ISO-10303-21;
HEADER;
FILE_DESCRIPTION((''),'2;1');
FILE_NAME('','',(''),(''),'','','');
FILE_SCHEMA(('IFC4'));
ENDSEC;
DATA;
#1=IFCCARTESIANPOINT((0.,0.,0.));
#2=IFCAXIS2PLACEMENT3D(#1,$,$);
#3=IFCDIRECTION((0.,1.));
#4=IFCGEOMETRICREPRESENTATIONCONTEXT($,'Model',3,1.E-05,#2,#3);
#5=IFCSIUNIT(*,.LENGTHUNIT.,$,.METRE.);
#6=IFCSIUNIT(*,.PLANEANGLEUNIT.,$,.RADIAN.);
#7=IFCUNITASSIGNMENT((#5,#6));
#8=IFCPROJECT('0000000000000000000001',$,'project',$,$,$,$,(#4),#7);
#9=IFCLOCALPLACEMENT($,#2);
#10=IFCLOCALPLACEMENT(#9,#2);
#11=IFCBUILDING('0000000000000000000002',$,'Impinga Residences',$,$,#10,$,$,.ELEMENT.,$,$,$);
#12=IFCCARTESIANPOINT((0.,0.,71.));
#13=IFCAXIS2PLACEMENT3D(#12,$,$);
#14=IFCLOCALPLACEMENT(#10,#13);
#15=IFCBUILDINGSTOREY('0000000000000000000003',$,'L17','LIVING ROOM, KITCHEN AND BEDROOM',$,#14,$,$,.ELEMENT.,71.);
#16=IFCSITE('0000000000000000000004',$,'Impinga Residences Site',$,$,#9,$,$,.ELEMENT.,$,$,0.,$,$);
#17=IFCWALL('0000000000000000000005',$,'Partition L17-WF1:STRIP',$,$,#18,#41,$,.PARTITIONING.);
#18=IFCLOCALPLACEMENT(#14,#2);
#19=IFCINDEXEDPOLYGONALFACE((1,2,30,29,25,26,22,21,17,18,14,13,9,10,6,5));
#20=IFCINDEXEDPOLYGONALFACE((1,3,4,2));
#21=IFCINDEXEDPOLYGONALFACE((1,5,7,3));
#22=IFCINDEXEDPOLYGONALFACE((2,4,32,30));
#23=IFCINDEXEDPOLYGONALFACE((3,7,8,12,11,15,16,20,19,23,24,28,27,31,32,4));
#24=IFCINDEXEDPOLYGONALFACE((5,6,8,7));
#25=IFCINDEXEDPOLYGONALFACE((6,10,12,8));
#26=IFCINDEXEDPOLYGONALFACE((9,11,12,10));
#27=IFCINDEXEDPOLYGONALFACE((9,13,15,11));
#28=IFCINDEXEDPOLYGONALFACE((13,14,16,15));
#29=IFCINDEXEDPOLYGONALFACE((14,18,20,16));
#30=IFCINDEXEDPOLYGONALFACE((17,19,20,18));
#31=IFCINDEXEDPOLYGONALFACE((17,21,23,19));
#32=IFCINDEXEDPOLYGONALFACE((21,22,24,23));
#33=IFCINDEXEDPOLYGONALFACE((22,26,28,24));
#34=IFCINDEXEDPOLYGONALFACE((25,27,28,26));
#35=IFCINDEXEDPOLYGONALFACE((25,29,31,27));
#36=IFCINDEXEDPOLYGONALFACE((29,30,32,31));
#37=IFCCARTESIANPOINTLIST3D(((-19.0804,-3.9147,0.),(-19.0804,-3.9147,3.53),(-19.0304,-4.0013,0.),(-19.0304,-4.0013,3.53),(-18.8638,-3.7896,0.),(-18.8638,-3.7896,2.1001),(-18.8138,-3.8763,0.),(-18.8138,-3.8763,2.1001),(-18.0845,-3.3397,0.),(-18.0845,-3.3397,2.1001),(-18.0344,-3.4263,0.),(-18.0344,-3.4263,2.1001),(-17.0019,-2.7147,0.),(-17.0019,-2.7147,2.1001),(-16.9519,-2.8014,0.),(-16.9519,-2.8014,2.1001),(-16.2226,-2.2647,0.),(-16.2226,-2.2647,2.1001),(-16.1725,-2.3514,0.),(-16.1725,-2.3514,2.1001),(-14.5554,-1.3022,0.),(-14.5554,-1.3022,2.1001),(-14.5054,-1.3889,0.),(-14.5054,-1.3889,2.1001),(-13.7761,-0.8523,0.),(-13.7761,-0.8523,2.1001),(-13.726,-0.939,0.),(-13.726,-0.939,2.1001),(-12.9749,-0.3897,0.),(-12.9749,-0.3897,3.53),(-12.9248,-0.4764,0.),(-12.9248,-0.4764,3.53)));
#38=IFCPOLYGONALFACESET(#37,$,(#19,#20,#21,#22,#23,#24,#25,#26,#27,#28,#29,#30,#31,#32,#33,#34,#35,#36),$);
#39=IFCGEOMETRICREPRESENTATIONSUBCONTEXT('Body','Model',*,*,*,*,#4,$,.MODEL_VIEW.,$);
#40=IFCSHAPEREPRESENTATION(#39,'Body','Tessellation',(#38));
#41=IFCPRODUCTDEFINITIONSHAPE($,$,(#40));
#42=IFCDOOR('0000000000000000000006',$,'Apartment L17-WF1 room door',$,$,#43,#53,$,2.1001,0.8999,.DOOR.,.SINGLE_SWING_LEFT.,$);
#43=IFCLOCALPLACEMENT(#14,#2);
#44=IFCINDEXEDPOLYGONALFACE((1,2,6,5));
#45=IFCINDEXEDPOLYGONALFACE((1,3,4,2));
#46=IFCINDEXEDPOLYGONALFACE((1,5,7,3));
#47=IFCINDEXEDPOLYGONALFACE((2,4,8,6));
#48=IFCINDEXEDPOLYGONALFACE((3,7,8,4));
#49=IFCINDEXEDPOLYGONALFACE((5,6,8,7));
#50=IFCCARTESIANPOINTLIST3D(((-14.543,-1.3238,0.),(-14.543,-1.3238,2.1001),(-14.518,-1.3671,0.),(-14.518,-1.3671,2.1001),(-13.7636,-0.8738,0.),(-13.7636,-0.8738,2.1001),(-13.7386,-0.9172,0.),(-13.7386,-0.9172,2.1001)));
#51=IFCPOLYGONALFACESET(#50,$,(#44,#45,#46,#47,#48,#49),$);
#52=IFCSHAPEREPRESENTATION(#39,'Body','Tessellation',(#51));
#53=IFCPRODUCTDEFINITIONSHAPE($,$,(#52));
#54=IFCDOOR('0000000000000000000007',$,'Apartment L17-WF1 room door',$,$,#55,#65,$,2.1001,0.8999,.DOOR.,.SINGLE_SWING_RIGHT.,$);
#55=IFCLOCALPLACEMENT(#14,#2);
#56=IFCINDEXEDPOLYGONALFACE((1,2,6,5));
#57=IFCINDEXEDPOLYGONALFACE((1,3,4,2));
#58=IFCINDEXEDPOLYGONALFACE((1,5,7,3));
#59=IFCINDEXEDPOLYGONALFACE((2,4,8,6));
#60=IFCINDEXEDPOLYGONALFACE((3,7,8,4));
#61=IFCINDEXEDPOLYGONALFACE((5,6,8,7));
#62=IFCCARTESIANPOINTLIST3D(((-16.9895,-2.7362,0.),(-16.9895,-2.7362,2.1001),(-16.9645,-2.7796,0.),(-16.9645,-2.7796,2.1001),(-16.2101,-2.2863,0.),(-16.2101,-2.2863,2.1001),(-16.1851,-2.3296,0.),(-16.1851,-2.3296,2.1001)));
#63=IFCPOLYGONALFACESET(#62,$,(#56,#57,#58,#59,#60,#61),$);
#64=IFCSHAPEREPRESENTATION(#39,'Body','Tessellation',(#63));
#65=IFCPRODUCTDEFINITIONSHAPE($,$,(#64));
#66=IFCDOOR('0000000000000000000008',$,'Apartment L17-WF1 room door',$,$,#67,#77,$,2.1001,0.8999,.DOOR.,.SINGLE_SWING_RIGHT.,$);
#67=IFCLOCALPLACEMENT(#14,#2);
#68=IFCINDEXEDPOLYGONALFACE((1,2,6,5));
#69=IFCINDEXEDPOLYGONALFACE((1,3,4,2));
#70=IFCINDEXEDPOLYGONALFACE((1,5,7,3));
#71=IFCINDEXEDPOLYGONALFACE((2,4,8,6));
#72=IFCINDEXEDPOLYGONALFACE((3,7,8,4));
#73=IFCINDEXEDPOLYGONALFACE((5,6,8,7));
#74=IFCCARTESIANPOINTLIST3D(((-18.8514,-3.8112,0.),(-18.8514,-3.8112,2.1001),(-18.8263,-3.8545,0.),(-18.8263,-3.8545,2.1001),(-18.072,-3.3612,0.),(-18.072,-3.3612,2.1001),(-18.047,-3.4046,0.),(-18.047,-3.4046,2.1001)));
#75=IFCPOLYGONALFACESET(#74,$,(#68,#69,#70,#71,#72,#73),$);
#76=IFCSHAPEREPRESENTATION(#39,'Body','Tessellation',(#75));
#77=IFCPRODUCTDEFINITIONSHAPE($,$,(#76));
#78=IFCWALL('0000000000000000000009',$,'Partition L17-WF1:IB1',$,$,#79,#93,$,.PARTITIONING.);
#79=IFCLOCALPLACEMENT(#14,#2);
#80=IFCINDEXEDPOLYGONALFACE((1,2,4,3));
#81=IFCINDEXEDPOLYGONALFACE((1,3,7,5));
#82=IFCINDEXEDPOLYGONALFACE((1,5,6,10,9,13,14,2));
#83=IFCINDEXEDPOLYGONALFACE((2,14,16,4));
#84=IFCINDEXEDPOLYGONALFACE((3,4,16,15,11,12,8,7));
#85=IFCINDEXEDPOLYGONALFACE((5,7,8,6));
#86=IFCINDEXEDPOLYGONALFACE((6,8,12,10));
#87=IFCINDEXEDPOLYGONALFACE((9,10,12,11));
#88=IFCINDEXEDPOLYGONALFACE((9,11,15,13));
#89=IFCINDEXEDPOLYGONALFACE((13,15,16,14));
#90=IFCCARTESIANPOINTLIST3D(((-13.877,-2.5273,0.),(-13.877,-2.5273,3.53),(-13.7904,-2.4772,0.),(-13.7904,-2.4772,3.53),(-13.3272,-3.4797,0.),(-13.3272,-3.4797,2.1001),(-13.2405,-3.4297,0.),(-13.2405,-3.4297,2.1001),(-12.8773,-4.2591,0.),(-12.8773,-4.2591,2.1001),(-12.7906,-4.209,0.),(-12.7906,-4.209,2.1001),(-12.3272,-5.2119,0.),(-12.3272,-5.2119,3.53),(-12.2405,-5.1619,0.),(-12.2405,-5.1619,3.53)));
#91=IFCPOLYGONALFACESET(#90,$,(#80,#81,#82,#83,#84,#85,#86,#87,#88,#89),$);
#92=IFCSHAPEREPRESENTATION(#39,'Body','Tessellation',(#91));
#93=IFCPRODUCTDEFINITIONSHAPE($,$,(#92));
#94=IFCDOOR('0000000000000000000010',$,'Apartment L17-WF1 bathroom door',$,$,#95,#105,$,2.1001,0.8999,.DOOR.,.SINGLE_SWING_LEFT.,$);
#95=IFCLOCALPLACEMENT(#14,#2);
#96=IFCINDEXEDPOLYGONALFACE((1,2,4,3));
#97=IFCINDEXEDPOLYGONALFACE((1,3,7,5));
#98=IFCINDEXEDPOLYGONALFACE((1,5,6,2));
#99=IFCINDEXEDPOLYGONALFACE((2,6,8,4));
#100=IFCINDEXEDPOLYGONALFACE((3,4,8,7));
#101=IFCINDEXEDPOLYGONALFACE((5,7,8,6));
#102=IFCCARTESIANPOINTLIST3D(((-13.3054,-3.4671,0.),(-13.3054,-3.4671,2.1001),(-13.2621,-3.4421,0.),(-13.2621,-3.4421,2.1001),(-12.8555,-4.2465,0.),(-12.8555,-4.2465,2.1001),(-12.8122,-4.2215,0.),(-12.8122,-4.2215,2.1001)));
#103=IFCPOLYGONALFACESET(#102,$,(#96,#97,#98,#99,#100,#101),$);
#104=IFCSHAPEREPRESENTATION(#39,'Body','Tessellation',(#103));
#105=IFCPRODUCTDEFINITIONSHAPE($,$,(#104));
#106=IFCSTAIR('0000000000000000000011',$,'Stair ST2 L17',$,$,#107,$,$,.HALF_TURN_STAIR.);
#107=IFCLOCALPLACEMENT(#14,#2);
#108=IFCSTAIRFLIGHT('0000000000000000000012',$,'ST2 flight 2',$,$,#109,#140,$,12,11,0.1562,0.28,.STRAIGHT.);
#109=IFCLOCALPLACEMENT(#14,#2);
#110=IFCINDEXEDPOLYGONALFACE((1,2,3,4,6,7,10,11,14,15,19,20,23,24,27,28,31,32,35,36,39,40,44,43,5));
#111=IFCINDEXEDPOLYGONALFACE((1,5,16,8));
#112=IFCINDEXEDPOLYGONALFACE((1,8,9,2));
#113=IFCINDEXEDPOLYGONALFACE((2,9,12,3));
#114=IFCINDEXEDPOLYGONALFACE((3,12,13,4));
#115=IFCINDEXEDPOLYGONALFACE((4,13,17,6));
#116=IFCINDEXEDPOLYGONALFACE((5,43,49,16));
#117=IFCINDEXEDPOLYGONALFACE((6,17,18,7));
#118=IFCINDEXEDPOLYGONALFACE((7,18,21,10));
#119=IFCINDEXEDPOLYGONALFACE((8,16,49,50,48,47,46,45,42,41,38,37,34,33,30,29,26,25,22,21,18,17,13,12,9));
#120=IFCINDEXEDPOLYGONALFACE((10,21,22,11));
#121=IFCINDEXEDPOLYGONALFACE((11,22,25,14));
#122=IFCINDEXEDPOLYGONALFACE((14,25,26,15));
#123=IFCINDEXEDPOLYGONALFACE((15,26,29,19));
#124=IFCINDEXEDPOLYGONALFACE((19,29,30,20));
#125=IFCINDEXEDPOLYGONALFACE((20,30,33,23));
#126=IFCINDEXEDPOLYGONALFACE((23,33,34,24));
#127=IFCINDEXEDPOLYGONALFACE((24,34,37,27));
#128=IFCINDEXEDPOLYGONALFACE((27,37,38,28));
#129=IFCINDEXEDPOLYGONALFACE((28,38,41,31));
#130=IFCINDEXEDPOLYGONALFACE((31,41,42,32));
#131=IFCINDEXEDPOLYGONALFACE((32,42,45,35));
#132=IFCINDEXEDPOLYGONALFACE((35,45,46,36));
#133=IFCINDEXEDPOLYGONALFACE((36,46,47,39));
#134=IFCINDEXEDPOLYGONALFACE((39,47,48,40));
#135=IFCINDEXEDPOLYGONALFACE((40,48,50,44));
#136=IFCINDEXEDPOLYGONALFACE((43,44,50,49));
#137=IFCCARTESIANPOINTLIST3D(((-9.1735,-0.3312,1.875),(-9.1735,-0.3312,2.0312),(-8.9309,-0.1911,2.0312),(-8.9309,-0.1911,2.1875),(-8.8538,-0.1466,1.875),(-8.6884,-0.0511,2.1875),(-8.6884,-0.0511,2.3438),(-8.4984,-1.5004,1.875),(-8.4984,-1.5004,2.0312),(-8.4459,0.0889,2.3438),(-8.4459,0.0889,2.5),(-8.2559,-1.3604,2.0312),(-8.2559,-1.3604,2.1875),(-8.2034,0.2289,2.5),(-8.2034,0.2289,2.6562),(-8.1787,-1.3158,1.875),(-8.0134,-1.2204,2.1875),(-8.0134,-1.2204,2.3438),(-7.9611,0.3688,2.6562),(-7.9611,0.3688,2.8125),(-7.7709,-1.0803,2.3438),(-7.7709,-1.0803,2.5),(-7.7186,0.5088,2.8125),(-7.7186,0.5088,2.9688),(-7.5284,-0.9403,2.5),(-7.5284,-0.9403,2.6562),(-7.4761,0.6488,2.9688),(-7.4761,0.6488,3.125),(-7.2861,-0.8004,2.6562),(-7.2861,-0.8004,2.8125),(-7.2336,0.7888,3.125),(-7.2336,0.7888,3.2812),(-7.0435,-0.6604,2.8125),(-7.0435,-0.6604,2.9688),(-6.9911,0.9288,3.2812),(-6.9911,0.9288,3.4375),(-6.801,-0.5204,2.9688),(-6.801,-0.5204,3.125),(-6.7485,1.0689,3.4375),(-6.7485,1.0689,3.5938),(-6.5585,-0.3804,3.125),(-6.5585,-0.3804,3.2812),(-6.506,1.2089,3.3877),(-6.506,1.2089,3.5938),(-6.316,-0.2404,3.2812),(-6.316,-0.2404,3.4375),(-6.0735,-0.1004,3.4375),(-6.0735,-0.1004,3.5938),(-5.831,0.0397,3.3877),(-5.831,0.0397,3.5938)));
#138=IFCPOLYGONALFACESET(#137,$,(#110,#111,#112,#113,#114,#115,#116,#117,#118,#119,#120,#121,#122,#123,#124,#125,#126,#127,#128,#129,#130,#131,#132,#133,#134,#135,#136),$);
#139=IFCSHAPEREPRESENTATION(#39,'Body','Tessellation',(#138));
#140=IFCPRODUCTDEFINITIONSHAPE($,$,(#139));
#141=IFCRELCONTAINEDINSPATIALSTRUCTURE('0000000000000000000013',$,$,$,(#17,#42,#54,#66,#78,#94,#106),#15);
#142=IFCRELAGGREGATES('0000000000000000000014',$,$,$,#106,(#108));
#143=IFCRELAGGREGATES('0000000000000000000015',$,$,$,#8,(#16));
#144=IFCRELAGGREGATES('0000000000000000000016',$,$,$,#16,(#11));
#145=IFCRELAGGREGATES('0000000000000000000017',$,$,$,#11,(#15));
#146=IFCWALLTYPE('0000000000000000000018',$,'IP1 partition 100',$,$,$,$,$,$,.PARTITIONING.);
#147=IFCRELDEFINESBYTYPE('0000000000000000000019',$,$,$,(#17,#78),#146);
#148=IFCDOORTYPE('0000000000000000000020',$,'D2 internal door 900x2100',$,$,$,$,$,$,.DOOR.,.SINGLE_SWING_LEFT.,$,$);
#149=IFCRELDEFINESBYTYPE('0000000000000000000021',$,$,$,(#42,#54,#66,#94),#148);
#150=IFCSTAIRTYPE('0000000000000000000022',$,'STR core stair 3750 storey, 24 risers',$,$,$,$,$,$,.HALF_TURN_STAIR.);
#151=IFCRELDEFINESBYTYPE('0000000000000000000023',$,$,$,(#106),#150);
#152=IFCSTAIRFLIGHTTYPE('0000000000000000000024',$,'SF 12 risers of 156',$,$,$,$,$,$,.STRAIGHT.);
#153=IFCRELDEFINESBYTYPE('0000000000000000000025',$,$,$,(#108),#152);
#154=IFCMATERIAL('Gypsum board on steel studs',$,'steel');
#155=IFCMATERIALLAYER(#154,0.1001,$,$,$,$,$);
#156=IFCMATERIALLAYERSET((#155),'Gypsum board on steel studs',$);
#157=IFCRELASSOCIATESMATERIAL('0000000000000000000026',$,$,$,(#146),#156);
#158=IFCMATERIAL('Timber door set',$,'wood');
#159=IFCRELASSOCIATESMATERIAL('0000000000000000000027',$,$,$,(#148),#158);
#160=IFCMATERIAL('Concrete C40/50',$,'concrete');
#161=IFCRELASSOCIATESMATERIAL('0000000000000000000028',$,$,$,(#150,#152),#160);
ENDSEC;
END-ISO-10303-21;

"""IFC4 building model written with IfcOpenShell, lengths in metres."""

from ifc_helpers import new_model, si_unit, direction, frame, frame_2d, origin, place, context, subcontext, project, spatial, polyline, rectangle, outline, extrude, material, layer, layer_set, type_object, element, fill, aggregate, save


model = new_model("IFC4")

# Units and contexts
model_context = context("Model", 3, precision=1e-05, world=origin(), true_north=direction((0.0, 1.0)))
body_context = subcontext(model_context, "Body", "Model", "MODEL_VIEW")
ifc_project = project(units=[si_unit("LENGTHUNIT", "METRE"), si_unit("PLANEANGLEUNIT", "RADIAN")], contexts=[model_context])

# Site, building, storey
site_placement = place(None, origin())
site = spatial("IfcSite", under=ifc_project, at=site_placement, Name="Impinga Residences Site", CompositionType="ELEMENT", RefElevation=0.0)
building_placement = place(site_placement, origin())
building = spatial("IfcBuilding", under=site, at=building_placement, Name="Impinga Residences", CompositionType="ELEMENT")
storey_placement = place(building_placement, frame((0.0, 0.0, 71.0)))
storey = spatial("IfcBuildingStorey", under=building, at=storey_placement, Name="L17", Description="LIVING ROOM, KITCHEN AND BEDROOM", CompositionType="ELEMENT", Elevation=71.0)

# Shared definitions
ifc_material_1 = material(Name="Timber door set", Category="wood")

# Shared definitions
ifc_material_2 = material(Name="Gypsum board on steel studs", Category="steel")
ifc_layer_1 = layer(ifc_material_2, 0.1001)
ifc_layer_set_1 = layer_set([ifc_layer_1], Name="Gypsum board on steel studs")
wall_type_1 = type_object("IfcWallType", Name="IP1 partition 100", PredefinedType="PARTITIONING", material=ifc_layer_set_1)

# Wall, openings, doors
wall_1_placement = place(storey_placement, frame((-12.95, -0.4331, 0.0), z_axis=(0.0, 0.0, 1.0), x_axis=(-0.866031, -0.49999, 0.0)))
wall_1 = element("IfcWall", 1, at=wall_1_placement, inside=storey, type_object=wall_type_1, Name="Partition L17-WF1:STRIP", PredefinedType="PARTITIONING", context=body_context, shape_type="SweptSolid", body=[
    extrude(rectangle(XDim=7.05, YDim=0.1001, at=frame_2d((3.5249, 0.0))), origin(), (0.0, 0.0, 1.0), 3.53),
])
opening_1_placement = place(wall_1_placement, frame((0.925, 0.0, 0.0)))
opening_1 = element("IfcOpeningElement", 2, at=opening_1_placement, cuts=wall_1, PredefinedType="OPENING", context=body_context, shape_type="SweptSolid", body=[
    extrude(rectangle(XDim=0.8999, YDim=2.1001, at=frame_2d((0.45, 1.05))), frame((0.0, 0.0601, 0.0), z_axis=(0.0, -1.0, 0.0), x_axis=(1.0, 0.0, 0.0)), (0.0, 0.0, 1.0), 0.1201),
])
opening_2_placement = place(wall_1_placement, frame((3.75, 0.0, 0.0)))
opening_2 = element("IfcOpeningElement", 3, at=opening_2_placement, cuts=wall_1, PredefinedType="OPENING", context=body_context, shape_type="SweptSolid", body=[
    extrude(rectangle(XDim=0.8999, YDim=2.1001, at=frame_2d((0.45, 1.05))), frame((0.0, 0.0601, 0.0), z_axis=(0.0, -1.0, 0.0), x_axis=(1.0, 0.0, 0.0)), (0.0, 0.0, 1.0), 0.1201),
])
opening_3_placement = place(wall_1_placement, frame((5.8999, 0.0, 0.0)))
opening_3 = element("IfcOpeningElement", 4, at=opening_3_placement, cuts=wall_1, PredefinedType="OPENING", context=body_context, shape_type="SweptSolid", body=[
    extrude(rectangle(XDim=0.8999, YDim=2.1001, at=frame_2d((0.45, 1.05))), frame((0.0, 0.0601, 0.0), z_axis=(0.0, -1.0, 0.0), x_axis=(1.0, 0.0, 0.0)), (0.0, 0.0, 1.0), 0.1201),
])
door_type_1 = type_object("IfcDoorType", Name="D2 internal door 900x2100", OperationType="SINGLE_SWING_LEFT", PredefinedType="DOOR", material=ifc_material_1)
door_1_placement = place(opening_1_placement, origin())
door_1 = element("IfcDoor", 5, at=door_1_placement, inside=storey, type_object=door_type_1, Name="Apartment L17-WF1 room door", OperationType="SINGLE_SWING_LEFT", OverallHeight=2.1001, OverallWidth=0.8999, PredefinedType="DOOR", context=body_context, shape_type="SweptSolid", body=[
    extrude(rectangle(XDim=0.8999, YDim=2.1001, at=frame_2d((0.45, 1.05))), frame((0.0, 0.0249, 0.0), z_axis=(0.0, -1.0, 0.0), x_axis=(1.0, 0.0, 0.0)), (0.0, 0.0, 1.0), 0.05),
])
fill(opening_1, door_1)
door_2_placement = place(opening_2_placement, origin())
door_2 = element("IfcDoor", 6, at=door_2_placement, inside=storey, type_object=door_type_1, Name="Apartment L17-WF1 room door", OperationType="SINGLE_SWING_RIGHT", OverallHeight=2.1001, OverallWidth=0.8999, PredefinedType="DOOR", context=body_context, shape_type="SweptSolid", body=[
    extrude(rectangle(XDim=0.8999, YDim=2.1001, at=frame_2d((0.45, 1.05))), frame((0.0, 0.0249, 0.0), z_axis=(0.0, -1.0, 0.0), x_axis=(1.0, 0.0, 0.0)), (0.0, 0.0, 1.0), 0.05),
])
fill(opening_2, door_2)
door_3_placement = place(opening_3_placement, origin())
door_3 = element("IfcDoor", 7, at=door_3_placement, inside=storey, type_object=door_type_1, Name="Apartment L17-WF1 room door", OperationType="SINGLE_SWING_RIGHT", OverallHeight=2.1001, OverallWidth=0.8999, PredefinedType="DOOR", context=body_context, shape_type="SweptSolid", body=[
    extrude(rectangle(XDim=0.8999, YDim=2.1001, at=frame_2d((0.45, 1.05))), frame((0.0, 0.0249, 0.0), z_axis=(0.0, -1.0, 0.0), x_axis=(1.0, 0.0, 0.0)), (0.0, 0.0, 1.0), 0.05),
])
fill(opening_3, door_3)

# Wall, opening, door
wall_2_placement = place(storey_placement, frame((-12.2839, -5.1868, 0.0), z_axis=(0.0, 0.0, 1.0), x_axis=(-0.499968, 0.866044, 0.0)))
wall_2 = element("IfcWall", 8, at=wall_2_placement, inside=storey, type_object=wall_type_1, Name="Partition L17-WF1:IB1", PredefinedType="PARTITIONING", context=body_context, shape_type="SweptSolid", body=[
    extrude(rectangle(XDim=3.0999, YDim=0.1001, at=frame_2d((1.5498, 0.0))), origin(), (0.0, 0.0, 1.0), 3.53),
])
opening_4_placement = place(wall_2_placement, frame((1.1001, 0.0, 0.0)))
opening_4 = element("IfcOpeningElement", 9, at=opening_4_placement, cuts=wall_2, PredefinedType="OPENING", context=body_context, shape_type="SweptSolid", body=[
    extrude(rectangle(XDim=0.8999, YDim=2.1001, at=frame_2d((0.45, 1.05))), frame((0.0, 0.0601, 0.0), z_axis=(0.0, -1.0, 0.0), x_axis=(1.0, 0.0, 0.0)), (0.0, 0.0, 1.0), 0.1201),
])
door_4_placement = place(opening_4_placement, origin())
door_4 = element("IfcDoor", 10, at=door_4_placement, inside=storey, type_object=door_type_1, Name="Apartment L17-WF1 bathroom door", OperationType="SINGLE_SWING_LEFT", OverallHeight=2.1001, OverallWidth=0.8999, PredefinedType="DOOR", context=body_context, shape_type="SweptSolid", body=[
    extrude(rectangle(XDim=0.8999, YDim=2.1001, at=frame_2d((0.45, 1.05))), frame((0.0, 0.0249, 0.0), z_axis=(0.0, -1.0, 0.0), x_axis=(1.0, 0.0, 0.0)), (0.0, 0.0, 1.0), 0.05),
])
fill(opening_4, door_4)

# Stair, stair flight
ifc_material_3 = material(Name="Concrete C40/50", Category="concrete")
stair_type = type_object("IfcStairType", Name="STR core stair 3750 storey, 24 risers", PredefinedType="HALF_TURN_STAIR", material=ifc_material_3)
stair_placement = place(storey_placement, origin())
stair = element("IfcStair", 11, at=stair_placement, inside=storey, type_object=stair_type, Name="Stair ST2 L17", PredefinedType="HALF_TURN_STAIR")
stair_flight_type = type_object("IfcStairFlightType", Name="SF 12 risers of 156", PredefinedType="STRAIGHT", material=ifc_material_3)
stair_flight_placement = place(storey_placement, frame((-8.8359, -0.9158, 1.875), z_axis=(0.0, 0.0, 1.0), x_axis=(0.866025, 0.5, 0.0)))
stair_flight = element("IfcStairFlight", 12, at=stair_flight_placement, type_object=stair_flight_type, Name="ST2 flight 2", NumberOfRisers=12, NumberOfTreads=11, PredefinedType="STRAIGHT", RiserHeight=0.1562, TreadLength=0.28, context=body_context, shape_type="SweptSolid", body=[
    extrude(outline(polyline([(0.0, 0.0), (0.0, 0.1562), (0.28, 0.1562), (0.28, 0.3125), (0.5601, 0.3125), (0.5601, 0.4688), (0.8401, 0.4688), (0.8401, 0.625), (1.1201, 0.625), (1.1201, 0.7812), (1.3999, 0.7812), (1.3999, 0.9375), (1.6799, 0.9375), (1.6799, 1.0938), (1.96, 1.0938), (1.96, 1.25), (2.24, 1.25), (2.24, 1.4062), (2.52, 1.4062), (2.52, 1.5625), (2.8, 1.5625), (2.8, 1.7188), (3.0801, 1.7188), (3.0801, 1.875), (3.0801, 1.5127), (0.3691, 0.0), (0.0, 0.0)])), frame((0.0, 0.675, 0.0), z_axis=(0.0, -1.0, 0.0), x_axis=(1.0, 0.0, 0.0)), (0.0, 0.0, 1.0), 1.3501),
])
aggregate(stair, [stair_flight])

save(model, "model.ifc")
